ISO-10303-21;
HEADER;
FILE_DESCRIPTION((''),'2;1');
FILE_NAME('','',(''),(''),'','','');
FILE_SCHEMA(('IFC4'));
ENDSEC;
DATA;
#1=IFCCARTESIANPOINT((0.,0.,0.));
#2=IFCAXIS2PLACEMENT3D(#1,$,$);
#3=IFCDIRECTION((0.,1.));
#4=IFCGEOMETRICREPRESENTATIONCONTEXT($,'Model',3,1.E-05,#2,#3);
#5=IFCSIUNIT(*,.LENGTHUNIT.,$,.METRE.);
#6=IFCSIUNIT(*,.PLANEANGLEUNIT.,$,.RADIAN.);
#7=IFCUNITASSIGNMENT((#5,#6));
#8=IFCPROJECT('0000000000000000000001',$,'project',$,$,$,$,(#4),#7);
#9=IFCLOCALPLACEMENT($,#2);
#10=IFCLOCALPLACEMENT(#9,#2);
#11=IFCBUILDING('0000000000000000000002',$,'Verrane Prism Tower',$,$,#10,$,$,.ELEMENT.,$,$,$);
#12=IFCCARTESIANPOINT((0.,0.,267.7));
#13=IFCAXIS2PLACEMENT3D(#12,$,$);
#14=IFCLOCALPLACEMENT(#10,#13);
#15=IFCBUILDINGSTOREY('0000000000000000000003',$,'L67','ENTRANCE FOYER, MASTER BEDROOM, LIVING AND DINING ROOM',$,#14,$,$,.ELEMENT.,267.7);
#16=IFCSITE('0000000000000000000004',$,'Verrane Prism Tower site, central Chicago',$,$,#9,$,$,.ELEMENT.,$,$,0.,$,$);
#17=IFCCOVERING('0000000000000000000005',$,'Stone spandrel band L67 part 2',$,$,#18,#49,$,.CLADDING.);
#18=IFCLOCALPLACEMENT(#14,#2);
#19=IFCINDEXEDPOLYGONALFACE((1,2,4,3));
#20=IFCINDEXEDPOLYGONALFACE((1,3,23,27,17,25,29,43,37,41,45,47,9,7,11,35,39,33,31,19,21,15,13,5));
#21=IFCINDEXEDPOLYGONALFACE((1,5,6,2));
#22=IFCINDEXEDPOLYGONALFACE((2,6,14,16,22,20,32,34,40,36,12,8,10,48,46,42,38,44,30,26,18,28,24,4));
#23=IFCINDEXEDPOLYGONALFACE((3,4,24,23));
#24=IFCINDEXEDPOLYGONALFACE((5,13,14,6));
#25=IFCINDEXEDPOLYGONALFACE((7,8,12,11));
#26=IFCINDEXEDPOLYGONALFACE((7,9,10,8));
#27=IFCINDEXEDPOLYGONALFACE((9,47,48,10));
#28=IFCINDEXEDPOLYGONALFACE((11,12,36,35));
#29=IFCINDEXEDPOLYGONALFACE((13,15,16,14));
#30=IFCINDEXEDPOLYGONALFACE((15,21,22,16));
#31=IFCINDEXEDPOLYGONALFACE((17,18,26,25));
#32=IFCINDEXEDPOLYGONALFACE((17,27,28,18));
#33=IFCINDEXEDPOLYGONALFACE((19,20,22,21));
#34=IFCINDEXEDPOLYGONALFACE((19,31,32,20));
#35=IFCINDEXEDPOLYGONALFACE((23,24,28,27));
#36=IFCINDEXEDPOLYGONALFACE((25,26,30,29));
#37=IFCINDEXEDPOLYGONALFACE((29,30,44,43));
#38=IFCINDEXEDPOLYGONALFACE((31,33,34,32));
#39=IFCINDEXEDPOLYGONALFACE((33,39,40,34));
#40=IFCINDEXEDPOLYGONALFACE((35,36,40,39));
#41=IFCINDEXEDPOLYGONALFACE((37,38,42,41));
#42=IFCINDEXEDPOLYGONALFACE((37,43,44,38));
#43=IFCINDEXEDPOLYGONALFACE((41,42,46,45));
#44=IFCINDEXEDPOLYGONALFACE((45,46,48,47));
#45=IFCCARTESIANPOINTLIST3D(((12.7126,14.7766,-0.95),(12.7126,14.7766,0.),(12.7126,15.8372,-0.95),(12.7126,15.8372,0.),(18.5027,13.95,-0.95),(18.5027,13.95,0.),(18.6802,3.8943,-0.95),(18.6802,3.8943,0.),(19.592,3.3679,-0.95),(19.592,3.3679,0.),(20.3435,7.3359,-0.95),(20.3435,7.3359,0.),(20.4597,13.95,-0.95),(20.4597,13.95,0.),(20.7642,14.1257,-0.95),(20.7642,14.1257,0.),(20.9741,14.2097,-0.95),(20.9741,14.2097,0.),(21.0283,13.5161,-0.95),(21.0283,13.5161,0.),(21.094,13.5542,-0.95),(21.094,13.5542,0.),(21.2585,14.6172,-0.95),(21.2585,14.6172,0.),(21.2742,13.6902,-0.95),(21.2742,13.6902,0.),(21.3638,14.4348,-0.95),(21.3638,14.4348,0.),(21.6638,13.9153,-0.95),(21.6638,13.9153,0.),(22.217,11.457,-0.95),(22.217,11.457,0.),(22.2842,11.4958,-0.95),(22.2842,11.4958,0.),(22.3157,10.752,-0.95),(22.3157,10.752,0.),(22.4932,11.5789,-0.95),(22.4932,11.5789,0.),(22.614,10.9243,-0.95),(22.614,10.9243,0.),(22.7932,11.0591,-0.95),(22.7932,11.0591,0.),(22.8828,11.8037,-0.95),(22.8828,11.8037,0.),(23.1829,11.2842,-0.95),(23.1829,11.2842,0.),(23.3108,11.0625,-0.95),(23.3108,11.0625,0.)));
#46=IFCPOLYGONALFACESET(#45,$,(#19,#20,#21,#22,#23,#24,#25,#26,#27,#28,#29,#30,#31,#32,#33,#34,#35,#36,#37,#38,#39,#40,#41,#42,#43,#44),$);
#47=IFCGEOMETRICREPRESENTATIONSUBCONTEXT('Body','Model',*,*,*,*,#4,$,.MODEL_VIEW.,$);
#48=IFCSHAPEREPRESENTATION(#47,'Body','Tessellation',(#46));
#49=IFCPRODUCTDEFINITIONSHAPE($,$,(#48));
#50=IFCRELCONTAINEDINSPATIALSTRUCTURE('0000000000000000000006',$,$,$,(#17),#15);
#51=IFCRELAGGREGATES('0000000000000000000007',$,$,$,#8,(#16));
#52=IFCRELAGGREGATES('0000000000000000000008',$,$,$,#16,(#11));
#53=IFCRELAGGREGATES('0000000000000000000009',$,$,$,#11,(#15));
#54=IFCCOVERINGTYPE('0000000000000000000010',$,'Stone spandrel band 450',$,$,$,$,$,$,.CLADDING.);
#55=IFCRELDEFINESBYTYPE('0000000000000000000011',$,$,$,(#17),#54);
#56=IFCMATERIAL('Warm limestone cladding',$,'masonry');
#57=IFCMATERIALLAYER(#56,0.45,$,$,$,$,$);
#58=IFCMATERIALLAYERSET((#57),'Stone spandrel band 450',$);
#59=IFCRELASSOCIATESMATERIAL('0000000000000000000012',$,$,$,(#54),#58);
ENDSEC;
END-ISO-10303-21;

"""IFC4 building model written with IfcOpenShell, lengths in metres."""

from ifc_helpers import new_model, si_unit, direction, frame, origin, place, context, subcontext, project, spatial, polyline, outline, extrude, material, layer, layer_set, type_object, element, save


model = new_model("IFC4")

# Units and contexts
model_context = context("Model", 3, precision=1e-05, world=origin(), true_north=direction((0.0, 1.0)))
body_context = subcontext(model_context, "Body", "Model", "MODEL_VIEW")
ifc_project = project(units=[si_unit("LENGTHUNIT", "METRE"), si_unit("PLANEANGLEUNIT", "RADIAN")], contexts=[model_context])

# Site, building, storey
site_placement = place(None, origin())
site = spatial("IfcSite", under=ifc_project, at=site_placement, Name="Verrane Prism Tower site, central Chicago", CompositionType="ELEMENT", RefElevation=0.0)
building_placement = place(site_placement, origin())
building = spatial("IfcBuilding", under=site, at=building_placement, Name="Verrane Prism Tower", CompositionType="ELEMENT")
storey_placement = place(building_placement, frame((0.0, 0.0, 267.7)))
storey = spatial("IfcBuildingStorey", under=building, at=storey_placement, Name="L67", Description="ENTRANCE FOYER, MASTER BEDROOM, LIVING AND DINING ROOM", CompositionType="ELEMENT", Elevation=267.7)

# Covering
ifc_material_1 = material(Name="Warm limestone cladding", Category="masonry")
ifc_layer_1 = layer(ifc_material_1, 0.45)
ifc_layer_set_1 = layer_set([ifc_layer_1], Name="Stone spandrel band 450")
covering_type = type_object("IfcCoveringType", Name="Stone spandrel band 450", PredefinedType="CLADDING", material=ifc_layer_set_1)
covering_1_placement = place(storey_placement, frame((0.0, 0.0, -0.95)))
element("IfcCovering", 1, at=covering_1_placement, inside=storey, type_object=covering_type, Name="Stone spandrel band L67 part 2", PredefinedType="CLADDING", context=body_context, shape_type="SweptSolid", body=[
    extrude(outline(polyline([(12.7126, 14.7766), (18.5027, 13.95), (20.4597, 13.95), (20.7642, 14.1257), (21.094, 13.5542), (21.0283, 13.5161), (22.217, 11.457), (22.2842, 11.4958), (22.614, 10.9243), (22.3157, 10.752), (20.3435, 7.3359), (18.6802, 3.8943), (19.592, 3.3679), (23.3108, 11.0625), (23.1829, 11.2842), (22.7932, 11.0591), (22.4932, 11.5789), (22.8828, 11.8037), (21.6638, 13.9153), (21.2742, 13.6902), (20.9741, 14.2097), (21.3638, 14.4348), (21.2585, 14.6172), (12.7126, 15.8372), (12.7126, 14.7766)])), origin(), (0.0, 0.0, 1.0), 0.95),
])

save(model, "model.ifc")
